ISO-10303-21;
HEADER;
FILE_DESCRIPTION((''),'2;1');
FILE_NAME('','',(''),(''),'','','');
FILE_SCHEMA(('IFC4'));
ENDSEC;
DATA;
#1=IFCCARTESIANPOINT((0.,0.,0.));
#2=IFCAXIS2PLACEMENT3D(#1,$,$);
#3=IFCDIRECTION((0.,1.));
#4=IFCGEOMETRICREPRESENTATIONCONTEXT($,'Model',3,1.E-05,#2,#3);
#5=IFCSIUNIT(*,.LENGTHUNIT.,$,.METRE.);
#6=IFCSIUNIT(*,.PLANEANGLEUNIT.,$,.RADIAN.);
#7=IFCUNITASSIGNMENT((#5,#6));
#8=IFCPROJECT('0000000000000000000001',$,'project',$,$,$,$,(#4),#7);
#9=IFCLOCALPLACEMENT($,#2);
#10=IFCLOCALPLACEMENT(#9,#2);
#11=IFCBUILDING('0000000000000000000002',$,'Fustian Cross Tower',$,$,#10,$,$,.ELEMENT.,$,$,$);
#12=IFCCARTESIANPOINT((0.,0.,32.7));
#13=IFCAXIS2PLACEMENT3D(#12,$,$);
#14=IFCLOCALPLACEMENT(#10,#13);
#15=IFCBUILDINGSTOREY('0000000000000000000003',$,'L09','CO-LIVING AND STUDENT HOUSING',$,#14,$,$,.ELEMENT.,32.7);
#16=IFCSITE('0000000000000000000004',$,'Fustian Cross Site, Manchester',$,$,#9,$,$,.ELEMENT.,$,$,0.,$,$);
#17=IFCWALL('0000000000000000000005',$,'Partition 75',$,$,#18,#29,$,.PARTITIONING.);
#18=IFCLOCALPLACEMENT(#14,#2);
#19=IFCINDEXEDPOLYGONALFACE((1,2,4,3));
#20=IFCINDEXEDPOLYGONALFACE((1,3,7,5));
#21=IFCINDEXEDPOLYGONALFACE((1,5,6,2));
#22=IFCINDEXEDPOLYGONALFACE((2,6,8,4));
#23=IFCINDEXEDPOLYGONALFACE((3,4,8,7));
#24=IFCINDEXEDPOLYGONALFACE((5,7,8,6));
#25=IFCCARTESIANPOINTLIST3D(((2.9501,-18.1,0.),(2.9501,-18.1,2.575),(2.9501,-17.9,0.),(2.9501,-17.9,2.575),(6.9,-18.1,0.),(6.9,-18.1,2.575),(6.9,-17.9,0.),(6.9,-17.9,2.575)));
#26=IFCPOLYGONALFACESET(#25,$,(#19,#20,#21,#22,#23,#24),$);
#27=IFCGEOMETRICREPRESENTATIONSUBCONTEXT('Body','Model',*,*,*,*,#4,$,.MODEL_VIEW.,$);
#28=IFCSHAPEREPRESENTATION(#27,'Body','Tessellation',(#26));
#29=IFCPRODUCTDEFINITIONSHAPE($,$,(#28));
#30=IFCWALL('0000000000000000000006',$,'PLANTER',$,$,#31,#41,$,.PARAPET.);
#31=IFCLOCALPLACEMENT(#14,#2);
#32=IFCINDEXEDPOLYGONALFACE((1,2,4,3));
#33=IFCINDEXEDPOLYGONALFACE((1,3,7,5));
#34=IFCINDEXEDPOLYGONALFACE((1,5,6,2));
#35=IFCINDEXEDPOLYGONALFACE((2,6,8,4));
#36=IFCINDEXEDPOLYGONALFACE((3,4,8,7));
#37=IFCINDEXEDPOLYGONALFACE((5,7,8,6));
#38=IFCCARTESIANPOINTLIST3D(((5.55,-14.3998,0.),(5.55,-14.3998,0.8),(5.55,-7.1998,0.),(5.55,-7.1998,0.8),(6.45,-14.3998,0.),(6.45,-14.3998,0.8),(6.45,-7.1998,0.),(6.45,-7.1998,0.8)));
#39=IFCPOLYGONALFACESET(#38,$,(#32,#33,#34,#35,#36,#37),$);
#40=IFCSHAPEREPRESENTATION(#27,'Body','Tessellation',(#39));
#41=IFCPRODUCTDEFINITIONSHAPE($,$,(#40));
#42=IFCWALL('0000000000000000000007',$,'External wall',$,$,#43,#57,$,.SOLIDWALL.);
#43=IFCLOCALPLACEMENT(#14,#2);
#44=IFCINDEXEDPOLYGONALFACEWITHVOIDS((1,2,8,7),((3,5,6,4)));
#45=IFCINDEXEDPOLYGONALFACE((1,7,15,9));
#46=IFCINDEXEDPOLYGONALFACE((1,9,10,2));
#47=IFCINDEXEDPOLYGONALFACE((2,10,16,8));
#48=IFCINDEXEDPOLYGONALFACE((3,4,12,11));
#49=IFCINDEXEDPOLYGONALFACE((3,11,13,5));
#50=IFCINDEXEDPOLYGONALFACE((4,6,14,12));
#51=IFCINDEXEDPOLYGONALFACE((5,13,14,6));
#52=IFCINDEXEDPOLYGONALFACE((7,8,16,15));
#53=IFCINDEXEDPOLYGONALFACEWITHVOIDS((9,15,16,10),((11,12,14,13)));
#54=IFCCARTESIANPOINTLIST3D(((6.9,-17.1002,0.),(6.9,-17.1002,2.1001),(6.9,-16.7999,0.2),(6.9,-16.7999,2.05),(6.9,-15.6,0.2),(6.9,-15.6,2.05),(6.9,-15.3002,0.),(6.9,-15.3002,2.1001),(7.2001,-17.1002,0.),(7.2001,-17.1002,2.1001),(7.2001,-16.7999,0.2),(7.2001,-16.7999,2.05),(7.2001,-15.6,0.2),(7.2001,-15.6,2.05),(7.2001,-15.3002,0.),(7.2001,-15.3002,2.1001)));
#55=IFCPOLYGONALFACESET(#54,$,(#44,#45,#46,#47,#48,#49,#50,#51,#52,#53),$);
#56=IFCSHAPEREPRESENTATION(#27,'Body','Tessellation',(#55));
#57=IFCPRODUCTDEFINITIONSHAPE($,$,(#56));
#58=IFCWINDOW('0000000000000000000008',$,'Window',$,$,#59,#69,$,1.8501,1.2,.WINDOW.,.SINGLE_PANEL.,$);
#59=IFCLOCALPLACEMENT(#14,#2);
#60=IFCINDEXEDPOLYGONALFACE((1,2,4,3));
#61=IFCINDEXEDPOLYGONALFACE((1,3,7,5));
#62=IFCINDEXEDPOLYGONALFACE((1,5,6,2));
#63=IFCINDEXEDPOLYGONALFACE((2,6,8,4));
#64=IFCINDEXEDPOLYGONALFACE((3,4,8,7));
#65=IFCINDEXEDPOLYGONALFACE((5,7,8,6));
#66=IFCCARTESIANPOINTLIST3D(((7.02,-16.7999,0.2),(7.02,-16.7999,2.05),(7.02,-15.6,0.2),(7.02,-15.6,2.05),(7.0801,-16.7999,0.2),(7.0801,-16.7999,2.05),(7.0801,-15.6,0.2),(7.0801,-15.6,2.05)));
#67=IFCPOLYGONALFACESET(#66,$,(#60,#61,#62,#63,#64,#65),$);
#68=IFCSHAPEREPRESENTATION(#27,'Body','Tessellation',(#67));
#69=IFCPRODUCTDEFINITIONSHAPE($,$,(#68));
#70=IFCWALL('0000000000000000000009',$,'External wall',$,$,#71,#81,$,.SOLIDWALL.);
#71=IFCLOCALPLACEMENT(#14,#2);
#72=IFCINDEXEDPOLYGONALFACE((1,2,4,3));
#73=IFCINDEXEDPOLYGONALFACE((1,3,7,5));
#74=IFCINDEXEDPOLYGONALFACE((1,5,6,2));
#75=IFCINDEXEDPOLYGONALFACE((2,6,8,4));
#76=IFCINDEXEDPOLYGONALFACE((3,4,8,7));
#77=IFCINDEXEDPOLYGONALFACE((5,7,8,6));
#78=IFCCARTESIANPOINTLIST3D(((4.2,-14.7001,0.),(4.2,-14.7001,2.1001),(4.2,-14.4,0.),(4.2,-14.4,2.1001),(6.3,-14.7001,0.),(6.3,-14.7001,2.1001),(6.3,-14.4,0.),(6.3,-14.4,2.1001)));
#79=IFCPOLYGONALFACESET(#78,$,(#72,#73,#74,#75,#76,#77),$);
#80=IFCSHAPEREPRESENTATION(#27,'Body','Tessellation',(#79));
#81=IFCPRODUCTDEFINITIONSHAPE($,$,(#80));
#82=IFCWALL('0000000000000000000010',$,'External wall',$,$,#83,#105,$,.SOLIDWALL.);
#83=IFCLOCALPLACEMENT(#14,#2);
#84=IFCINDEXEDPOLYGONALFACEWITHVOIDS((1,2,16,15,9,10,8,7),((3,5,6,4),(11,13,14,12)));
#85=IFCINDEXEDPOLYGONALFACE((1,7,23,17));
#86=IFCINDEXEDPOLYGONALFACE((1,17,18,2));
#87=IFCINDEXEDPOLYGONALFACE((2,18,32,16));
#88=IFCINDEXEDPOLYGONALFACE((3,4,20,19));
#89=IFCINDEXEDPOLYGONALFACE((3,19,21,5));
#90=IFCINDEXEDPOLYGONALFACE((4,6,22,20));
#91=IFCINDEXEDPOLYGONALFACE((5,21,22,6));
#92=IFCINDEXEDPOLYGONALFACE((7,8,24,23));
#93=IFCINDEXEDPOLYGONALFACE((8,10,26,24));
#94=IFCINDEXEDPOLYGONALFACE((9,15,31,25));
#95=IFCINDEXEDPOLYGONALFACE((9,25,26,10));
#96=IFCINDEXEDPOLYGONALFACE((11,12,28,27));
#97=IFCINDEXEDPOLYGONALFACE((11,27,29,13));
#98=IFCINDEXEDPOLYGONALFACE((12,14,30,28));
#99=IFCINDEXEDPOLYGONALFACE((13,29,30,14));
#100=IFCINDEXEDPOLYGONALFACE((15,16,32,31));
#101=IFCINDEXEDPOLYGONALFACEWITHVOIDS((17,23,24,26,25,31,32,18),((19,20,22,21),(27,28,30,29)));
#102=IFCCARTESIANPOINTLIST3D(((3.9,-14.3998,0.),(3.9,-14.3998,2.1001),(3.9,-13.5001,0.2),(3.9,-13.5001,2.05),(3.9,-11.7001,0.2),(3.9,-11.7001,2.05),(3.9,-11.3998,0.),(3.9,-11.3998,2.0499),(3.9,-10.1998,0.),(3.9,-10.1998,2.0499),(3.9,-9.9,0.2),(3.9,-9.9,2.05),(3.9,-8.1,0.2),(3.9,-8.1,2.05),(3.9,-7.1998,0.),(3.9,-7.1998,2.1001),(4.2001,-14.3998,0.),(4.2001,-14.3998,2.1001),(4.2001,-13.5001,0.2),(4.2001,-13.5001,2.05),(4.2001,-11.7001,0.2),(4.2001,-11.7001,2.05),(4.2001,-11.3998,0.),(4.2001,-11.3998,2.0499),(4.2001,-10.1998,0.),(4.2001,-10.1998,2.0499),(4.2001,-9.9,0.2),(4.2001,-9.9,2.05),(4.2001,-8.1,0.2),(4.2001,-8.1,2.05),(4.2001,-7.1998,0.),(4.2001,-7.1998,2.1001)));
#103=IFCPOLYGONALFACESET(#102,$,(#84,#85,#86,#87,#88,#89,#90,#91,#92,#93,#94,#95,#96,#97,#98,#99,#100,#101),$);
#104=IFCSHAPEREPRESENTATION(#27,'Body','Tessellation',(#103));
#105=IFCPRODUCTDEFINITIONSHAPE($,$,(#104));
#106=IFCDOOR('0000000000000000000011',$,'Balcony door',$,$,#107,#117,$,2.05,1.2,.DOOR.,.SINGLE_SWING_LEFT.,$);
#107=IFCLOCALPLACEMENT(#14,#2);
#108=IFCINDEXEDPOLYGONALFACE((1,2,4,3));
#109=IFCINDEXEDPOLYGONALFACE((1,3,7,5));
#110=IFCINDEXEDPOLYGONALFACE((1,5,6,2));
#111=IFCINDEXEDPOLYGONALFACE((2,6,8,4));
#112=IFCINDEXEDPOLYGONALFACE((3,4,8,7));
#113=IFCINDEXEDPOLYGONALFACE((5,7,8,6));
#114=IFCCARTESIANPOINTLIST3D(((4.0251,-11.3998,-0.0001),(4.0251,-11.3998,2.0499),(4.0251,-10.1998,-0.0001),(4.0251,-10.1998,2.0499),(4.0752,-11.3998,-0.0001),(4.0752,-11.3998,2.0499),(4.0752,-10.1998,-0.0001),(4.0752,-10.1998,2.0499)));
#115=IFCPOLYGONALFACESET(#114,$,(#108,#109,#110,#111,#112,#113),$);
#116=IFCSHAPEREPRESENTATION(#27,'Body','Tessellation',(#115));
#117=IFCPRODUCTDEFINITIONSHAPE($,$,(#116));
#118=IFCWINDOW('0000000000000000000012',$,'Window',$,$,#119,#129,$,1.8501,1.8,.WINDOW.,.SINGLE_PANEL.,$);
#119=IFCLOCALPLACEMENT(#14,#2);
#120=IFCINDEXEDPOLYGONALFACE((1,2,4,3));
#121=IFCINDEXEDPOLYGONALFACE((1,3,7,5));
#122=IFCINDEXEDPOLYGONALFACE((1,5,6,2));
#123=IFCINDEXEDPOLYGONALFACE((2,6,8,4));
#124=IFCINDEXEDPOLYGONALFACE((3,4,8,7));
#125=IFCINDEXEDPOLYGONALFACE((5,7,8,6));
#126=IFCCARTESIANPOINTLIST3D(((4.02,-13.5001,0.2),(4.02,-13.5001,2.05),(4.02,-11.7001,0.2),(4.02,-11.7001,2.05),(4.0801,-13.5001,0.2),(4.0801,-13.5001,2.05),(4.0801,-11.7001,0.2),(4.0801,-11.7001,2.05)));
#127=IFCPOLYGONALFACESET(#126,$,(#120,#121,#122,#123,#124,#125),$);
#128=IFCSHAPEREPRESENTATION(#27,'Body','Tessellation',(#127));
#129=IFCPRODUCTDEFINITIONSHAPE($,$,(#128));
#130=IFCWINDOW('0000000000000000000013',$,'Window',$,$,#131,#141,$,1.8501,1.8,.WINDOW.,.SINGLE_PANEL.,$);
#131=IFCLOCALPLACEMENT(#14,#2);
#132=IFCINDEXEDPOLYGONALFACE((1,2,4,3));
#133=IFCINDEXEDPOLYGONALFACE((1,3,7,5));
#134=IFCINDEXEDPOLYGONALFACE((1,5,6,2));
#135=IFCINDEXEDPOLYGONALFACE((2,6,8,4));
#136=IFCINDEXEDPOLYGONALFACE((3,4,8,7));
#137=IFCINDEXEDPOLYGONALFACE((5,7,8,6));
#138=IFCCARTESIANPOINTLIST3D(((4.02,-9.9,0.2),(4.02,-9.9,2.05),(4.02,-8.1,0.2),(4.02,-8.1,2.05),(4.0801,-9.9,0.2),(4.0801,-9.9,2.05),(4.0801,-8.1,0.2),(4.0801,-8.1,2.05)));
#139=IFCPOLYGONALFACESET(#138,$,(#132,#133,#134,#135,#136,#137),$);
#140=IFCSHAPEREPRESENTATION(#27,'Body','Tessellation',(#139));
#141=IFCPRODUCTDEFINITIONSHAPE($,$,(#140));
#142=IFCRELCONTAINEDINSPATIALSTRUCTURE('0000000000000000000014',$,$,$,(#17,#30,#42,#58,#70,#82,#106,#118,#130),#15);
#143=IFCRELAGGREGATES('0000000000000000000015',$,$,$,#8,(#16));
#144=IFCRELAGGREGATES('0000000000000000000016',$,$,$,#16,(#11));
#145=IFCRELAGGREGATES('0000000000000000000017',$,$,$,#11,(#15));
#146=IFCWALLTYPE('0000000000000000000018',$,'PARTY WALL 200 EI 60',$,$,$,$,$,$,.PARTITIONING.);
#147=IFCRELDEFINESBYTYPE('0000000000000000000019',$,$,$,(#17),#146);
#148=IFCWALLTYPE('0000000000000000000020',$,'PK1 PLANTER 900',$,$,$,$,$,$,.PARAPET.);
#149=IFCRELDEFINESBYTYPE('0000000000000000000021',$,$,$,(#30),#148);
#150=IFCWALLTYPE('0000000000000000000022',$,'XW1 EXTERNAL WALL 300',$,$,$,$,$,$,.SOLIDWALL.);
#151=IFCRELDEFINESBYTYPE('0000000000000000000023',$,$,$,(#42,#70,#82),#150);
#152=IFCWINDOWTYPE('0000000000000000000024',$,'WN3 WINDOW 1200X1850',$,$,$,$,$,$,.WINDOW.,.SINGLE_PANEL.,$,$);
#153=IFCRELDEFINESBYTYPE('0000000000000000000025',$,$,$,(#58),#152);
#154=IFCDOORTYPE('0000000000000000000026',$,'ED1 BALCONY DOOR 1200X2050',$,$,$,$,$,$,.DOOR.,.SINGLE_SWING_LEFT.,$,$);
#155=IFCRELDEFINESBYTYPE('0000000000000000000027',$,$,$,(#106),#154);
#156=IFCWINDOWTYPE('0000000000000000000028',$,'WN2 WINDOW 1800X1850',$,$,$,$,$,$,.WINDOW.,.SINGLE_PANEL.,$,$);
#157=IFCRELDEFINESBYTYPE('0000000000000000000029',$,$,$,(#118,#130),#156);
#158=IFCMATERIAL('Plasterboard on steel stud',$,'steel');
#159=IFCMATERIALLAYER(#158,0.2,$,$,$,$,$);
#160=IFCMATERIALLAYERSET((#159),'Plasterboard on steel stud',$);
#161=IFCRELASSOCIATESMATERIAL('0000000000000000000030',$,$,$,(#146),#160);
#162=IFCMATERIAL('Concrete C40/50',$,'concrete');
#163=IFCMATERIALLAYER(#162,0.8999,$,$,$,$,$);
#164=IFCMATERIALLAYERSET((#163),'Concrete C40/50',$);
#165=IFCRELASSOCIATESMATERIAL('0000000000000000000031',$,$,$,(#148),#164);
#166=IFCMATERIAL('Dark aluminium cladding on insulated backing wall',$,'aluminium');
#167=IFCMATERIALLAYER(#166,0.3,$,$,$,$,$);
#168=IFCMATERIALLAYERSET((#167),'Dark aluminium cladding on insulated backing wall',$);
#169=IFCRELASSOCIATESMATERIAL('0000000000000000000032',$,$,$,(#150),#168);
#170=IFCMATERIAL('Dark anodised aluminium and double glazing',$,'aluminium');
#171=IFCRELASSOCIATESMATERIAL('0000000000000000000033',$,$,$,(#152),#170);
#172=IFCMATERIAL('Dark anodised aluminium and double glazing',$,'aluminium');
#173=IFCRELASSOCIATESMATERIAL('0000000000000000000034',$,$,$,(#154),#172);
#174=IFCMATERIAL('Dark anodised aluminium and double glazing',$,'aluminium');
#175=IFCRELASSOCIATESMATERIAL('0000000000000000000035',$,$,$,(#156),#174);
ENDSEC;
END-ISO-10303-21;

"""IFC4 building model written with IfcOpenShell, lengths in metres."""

from ifc_helpers import new_model, si_unit, direction, frame, frame_2d, origin, place, context, subcontext, project, spatial, rectangle, extrude, material, layer, layer_set, type_object, element, fill, save


model = new_model("IFC4")

# Units and contexts
model_context = context("Model", 3, precision=1e-05, world=origin(), true_north=direction((0.0, 1.0)))
body_context = subcontext(model_context, "Body", "Model", "MODEL_VIEW")
ifc_project = project(units=[si_unit("LENGTHUNIT", "METRE"), si_unit("PLANEANGLEUNIT", "RADIAN")], contexts=[model_context])

# Site, building, storey
site_placement = place(None, origin())
site = spatial("IfcSite", under=ifc_project, at=site_placement, Name="Fustian Cross Site, Manchester", CompositionType="ELEMENT", RefElevation=0.0)
building_placement = place(site_placement, origin())
building = spatial("IfcBuilding", under=site, at=building_placement, Name="Fustian Cross Tower", CompositionType="ELEMENT")
storey_placement = place(building_placement, frame((0.0, 0.0, 32.7)))
storey = spatial("IfcBuildingStorey", under=building, at=storey_placement, Name="L09", Description="CO-LIVING AND STUDENT HOUSING", CompositionType="ELEMENT", Elevation=32.7)

# Walls
ifc_material_1 = material(Name="Plasterboard on steel stud", Category="steel")
ifc_layer_1 = layer(ifc_material_1, 0.2)
ifc_layer_set_1 = layer_set([ifc_layer_1], Name="Plasterboard on steel stud")
wall_type_1 = type_object("IfcWallType", Name="PARTY WALL 200 EI 60", PredefinedType="PARTITIONING", material=ifc_layer_set_1)
wall_1_placement = place(storey_placement, frame((2.95, -18.0, 0.0), z_axis=(0.0, 0.0, 1.0), x_axis=(1.0, 0.0, 0.0)))
element("IfcWall", 1, at=wall_1_placement, inside=storey, type_object=wall_type_1, Name="Partition 75", PredefinedType="PARTITIONING", context=body_context, shape_type="SweptSolid", body=[
    extrude(rectangle(XDim=3.95, YDim=0.2, at=frame_2d((1.9751, 0.0))), origin(), (0.0, 0.0, 1.0), 2.575),
])
ifc_material_2 = material(Name="Concrete C40/50", Category="concrete")
ifc_layer_2 = layer(ifc_material_2, 0.8999)
ifc_layer_set_2 = layer_set([ifc_layer_2], Name="Concrete C40/50")
wall_type_2 = type_object("IfcWallType", Name="PK1 PLANTER 900", PredefinedType="PARAPET", material=ifc_layer_set_2)
wall_2_placement = place(storey_placement, frame((6.0, -14.3999, 0.0), z_axis=(0.0, 0.0, 1.0), x_axis=(0.0, 1.0, 0.0)))
element("IfcWall", 2, at=wall_2_placement, inside=storey, type_object=wall_type_2, Name="PLANTER", PredefinedType="PARAPET", context=body_context, shape_type="SweptSolid", body=[
    extrude(rectangle(XDim=7.2, YDim=0.8999, at=frame_2d((3.6001, 0.0))), origin(), (0.0, 0.0, 1.0), 0.8),
])

# Wall, opening, window
ifc_material_3 = material(Name="Dark aluminium cladding on insulated backing wall", Category="aluminium")
ifc_layer_3 = layer(ifc_material_3, 0.3)
ifc_layer_set_3 = layer_set([ifc_layer_3], Name="Dark aluminium cladding on insulated backing wall")
wall_type_3 = type_object("IfcWallType", Name="XW1 EXTERNAL WALL 300", PredefinedType="SOLIDWALL", material=ifc_layer_set_3)
wall_3_placement = place(storey_placement, frame((7.05, -17.1001, 0.0), z_axis=(0.0, 0.0, 1.0), x_axis=(0.0, 1.0, 0.0)))
wall_3 = element("IfcWall", 3, at=wall_3_placement, inside=storey, type_object=wall_type_3, Name="External wall", PredefinedType="SOLIDWALL", context=body_context, shape_type="SweptSolid", body=[
    extrude(rectangle(XDim=1.8, YDim=0.3, at=frame_2d((0.8999, 0.0))), origin(), (0.0, 0.0, 1.0), 2.1001),
])
opening_1_placement = place(wall_3_placement, frame((0.3, 0.0, 0.2)))
opening_1 = element("IfcOpeningElement", 4, at=opening_1_placement, cuts=wall_3, PredefinedType="OPENING", context=body_context, shape_type="SweptSolid", body=[
    extrude(rectangle(XDim=1.2, YDim=1.8501, at=frame_2d((0.6001, 0.925))), frame((0.0, 0.1599, 0.0), z_axis=(0.0, -1.0, 0.0), x_axis=(1.0, 0.0, 0.0)), (0.0, 0.0, 1.0), 0.3201),
])
ifc_material_4 = material(Name="Dark anodised aluminium and double glazing", Category="aluminium")
window_type_1 = type_object("IfcWindowType", Name="WN3 WINDOW 1200X1850", PartitioningType="SINGLE_PANEL", PredefinedType="WINDOW", material=ifc_material_4)
window_1_placement = place(opening_1_placement, origin())
window_1 = element("IfcWindow", 5, at=window_1_placement, inside=storey, type_object=window_type_1, Name="Window", OverallHeight=1.8501, OverallWidth=1.2, PartitioningType="SINGLE_PANEL", PredefinedType="WINDOW", context=body_context, shape_type="SweptSolid", body=[
    extrude(rectangle(XDim=1.2, YDim=1.8501, at=frame_2d((0.6001, 0.925))), frame((0.0, 0.03, 0.0), z_axis=(0.0, -1.0, 0.0), x_axis=(1.0, 0.0, 0.0)), (0.0, 0.0, 1.0), 0.0601),
])
fill(opening_1, window_1)

# Wall
wall_4_placement = place(storey_placement, frame((6.3, -14.55, 0.0), z_axis=(0.0, 0.0, 1.0), x_axis=(-1.0, 0.0, 0.0)))
element("IfcWall", 6, at=wall_4_placement, inside=storey, type_object=wall_type_3, Name="External wall", PredefinedType="SOLIDWALL", context=body_context, shape_type="SweptSolid", body=[
    extrude(rectangle(XDim=2.1001, YDim=0.3, at=frame_2d((1.05, 0.0))), origin(), (0.0, 0.0, 1.0), 2.1001),
])

# Wall, openings, door, windows
wall_5_placement = place(storey_placement, frame((4.05, -14.3999, 0.0), z_axis=(0.0, 0.0, 1.0), x_axis=(0.0, 1.0, 0.0)))
wall_5 = element("IfcWall", 7, at=wall_5_placement, inside=storey, type_object=wall_type_3, Name="External wall", PredefinedType="SOLIDWALL", context=body_context, shape_type="SweptSolid", body=[
    extrude(rectangle(XDim=7.2, YDim=0.3, at=frame_2d((3.6001, 0.0))), origin(), (0.0, 0.0, 1.0), 2.1001),
])
opening_2_placement = place(wall_5_placement, frame((3.0, 0.0, 0.0)))
opening_2 = element("IfcOpeningElement", 8, at=opening_2_placement, cuts=wall_5, PredefinedType="OPENING", context=body_context, shape_type="SweptSolid", body=[
    extrude(rectangle(XDim=1.2, YDim=2.05, at=frame_2d((0.6001, 1.0249))), frame((0.0, 0.1599, 0.0), z_axis=(0.0, -1.0, 0.0), x_axis=(1.0, 0.0, 0.0)), (0.0, 0.0, 1.0), 0.3201),
])
opening_3_placement = place(wall_5_placement, frame((0.8999, 0.0, 0.2)))
opening_3 = element("IfcOpeningElement", 9, at=opening_3_placement, cuts=wall_5, PredefinedType="OPENING", context=body_context, shape_type="SweptSolid", body=[
    extrude(rectangle(XDim=1.8, YDim=1.8501, at=frame_2d((0.8999, 0.925))), frame((0.0, 0.1599, 0.0), z_axis=(0.0, -1.0, 0.0), x_axis=(1.0, 0.0, 0.0)), (0.0, 0.0, 1.0), 0.3201),
])
opening_4_placement = place(wall_5_placement, frame((4.5, 0.0, 0.2)))
opening_4 = element("IfcOpeningElement", 10, at=opening_4_placement, cuts=wall_5, PredefinedType="OPENING", context=body_context, shape_type="SweptSolid", body=[
    extrude(rectangle(XDim=1.8, YDim=1.8501, at=frame_2d((0.8999, 0.925))), frame((0.0, 0.1599, 0.0), z_axis=(0.0, -1.0, 0.0), x_axis=(1.0, 0.0, 0.0)), (0.0, 0.0, 1.0), 0.3201),
])
ifc_material_5 = material(Name="Dark anodised aluminium and double glazing", Category="aluminium")
door_type_1 = type_object("IfcDoorType", Name="ED1 BALCONY DOOR 1200X2050", OperationType="SINGLE_SWING_LEFT", PredefinedType="DOOR", material=ifc_material_5)
door_1_placement = place(opening_2_placement, origin())
door_1 = element("IfcDoor", 11, at=door_1_placement, inside=storey, type_object=door_type_1, Name="Balcony door", OperationType="SINGLE_SWING_LEFT", OverallHeight=2.05, OverallWidth=1.2, PredefinedType="DOOR", context=body_context, shape_type="SweptSolid", body=[
    extrude(rectangle(XDim=1.2, YDim=2.05, at=frame_2d((0.6001, 1.0249))), frame((0.0, 0.0249, 0.0), z_axis=(0.0, -1.0, 0.0), x_axis=(1.0, 0.0, 0.0)), (0.0, 0.0, 1.0), 0.05),
])
fill(opening_2, door_1)
ifc_material_6 = material(Name="Dark anodised aluminium and double glazing", Category="aluminium")
window_type_2 = type_object("IfcWindowType", Name="WN2 WINDOW 1800X1850", PartitioningType="SINGLE_PANEL", PredefinedType="WINDOW", material=ifc_material_6)
window_2_placement = place(opening_3_placement, origin())
window_2 = element("IfcWindow", 12, at=window_2_placement, inside=storey, type_object=window_type_2, Name="Window", OverallHeight=1.8501, OverallWidth=1.8, PartitioningType="SINGLE_PANEL", PredefinedType="WINDOW", context=body_context, shape_type="SweptSolid", body=[
    extrude(rectangle(XDim=1.8, YDim=1.8501, at=frame_2d((0.8999, 0.925))), frame((0.0, 0.03, 0.0), z_axis=(0.0, -1.0, 0.0), x_axis=(1.0, 0.0, 0.0)), (0.0, 0.0, 1.0), 0.0601),
])
fill(opening_3, window_2)
window_3_placement = place(opening_4_placement, origin())
window_3 = element("IfcWindow", 13, at=window_3_placement, inside=storey, type_object=window_type_2, Name="Window", OverallHeight=1.8501, OverallWidth=1.8, PartitioningType="SINGLE_PANEL", PredefinedType="WINDOW", context=body_context, shape_type="SweptSolid", body=[
    extrude(rectangle(XDim=1.8, YDim=1.8501, at=frame_2d((0.8999, 0.925))), frame((0.0, 0.03, 0.0), z_axis=(0.0, -1.0, 0.0), x_axis=(1.0, 0.0, 0.0)), (0.0, 0.0, 1.0), 0.0601),
])
fill(opening_4, window_3)

save(model, "model.ifc")
